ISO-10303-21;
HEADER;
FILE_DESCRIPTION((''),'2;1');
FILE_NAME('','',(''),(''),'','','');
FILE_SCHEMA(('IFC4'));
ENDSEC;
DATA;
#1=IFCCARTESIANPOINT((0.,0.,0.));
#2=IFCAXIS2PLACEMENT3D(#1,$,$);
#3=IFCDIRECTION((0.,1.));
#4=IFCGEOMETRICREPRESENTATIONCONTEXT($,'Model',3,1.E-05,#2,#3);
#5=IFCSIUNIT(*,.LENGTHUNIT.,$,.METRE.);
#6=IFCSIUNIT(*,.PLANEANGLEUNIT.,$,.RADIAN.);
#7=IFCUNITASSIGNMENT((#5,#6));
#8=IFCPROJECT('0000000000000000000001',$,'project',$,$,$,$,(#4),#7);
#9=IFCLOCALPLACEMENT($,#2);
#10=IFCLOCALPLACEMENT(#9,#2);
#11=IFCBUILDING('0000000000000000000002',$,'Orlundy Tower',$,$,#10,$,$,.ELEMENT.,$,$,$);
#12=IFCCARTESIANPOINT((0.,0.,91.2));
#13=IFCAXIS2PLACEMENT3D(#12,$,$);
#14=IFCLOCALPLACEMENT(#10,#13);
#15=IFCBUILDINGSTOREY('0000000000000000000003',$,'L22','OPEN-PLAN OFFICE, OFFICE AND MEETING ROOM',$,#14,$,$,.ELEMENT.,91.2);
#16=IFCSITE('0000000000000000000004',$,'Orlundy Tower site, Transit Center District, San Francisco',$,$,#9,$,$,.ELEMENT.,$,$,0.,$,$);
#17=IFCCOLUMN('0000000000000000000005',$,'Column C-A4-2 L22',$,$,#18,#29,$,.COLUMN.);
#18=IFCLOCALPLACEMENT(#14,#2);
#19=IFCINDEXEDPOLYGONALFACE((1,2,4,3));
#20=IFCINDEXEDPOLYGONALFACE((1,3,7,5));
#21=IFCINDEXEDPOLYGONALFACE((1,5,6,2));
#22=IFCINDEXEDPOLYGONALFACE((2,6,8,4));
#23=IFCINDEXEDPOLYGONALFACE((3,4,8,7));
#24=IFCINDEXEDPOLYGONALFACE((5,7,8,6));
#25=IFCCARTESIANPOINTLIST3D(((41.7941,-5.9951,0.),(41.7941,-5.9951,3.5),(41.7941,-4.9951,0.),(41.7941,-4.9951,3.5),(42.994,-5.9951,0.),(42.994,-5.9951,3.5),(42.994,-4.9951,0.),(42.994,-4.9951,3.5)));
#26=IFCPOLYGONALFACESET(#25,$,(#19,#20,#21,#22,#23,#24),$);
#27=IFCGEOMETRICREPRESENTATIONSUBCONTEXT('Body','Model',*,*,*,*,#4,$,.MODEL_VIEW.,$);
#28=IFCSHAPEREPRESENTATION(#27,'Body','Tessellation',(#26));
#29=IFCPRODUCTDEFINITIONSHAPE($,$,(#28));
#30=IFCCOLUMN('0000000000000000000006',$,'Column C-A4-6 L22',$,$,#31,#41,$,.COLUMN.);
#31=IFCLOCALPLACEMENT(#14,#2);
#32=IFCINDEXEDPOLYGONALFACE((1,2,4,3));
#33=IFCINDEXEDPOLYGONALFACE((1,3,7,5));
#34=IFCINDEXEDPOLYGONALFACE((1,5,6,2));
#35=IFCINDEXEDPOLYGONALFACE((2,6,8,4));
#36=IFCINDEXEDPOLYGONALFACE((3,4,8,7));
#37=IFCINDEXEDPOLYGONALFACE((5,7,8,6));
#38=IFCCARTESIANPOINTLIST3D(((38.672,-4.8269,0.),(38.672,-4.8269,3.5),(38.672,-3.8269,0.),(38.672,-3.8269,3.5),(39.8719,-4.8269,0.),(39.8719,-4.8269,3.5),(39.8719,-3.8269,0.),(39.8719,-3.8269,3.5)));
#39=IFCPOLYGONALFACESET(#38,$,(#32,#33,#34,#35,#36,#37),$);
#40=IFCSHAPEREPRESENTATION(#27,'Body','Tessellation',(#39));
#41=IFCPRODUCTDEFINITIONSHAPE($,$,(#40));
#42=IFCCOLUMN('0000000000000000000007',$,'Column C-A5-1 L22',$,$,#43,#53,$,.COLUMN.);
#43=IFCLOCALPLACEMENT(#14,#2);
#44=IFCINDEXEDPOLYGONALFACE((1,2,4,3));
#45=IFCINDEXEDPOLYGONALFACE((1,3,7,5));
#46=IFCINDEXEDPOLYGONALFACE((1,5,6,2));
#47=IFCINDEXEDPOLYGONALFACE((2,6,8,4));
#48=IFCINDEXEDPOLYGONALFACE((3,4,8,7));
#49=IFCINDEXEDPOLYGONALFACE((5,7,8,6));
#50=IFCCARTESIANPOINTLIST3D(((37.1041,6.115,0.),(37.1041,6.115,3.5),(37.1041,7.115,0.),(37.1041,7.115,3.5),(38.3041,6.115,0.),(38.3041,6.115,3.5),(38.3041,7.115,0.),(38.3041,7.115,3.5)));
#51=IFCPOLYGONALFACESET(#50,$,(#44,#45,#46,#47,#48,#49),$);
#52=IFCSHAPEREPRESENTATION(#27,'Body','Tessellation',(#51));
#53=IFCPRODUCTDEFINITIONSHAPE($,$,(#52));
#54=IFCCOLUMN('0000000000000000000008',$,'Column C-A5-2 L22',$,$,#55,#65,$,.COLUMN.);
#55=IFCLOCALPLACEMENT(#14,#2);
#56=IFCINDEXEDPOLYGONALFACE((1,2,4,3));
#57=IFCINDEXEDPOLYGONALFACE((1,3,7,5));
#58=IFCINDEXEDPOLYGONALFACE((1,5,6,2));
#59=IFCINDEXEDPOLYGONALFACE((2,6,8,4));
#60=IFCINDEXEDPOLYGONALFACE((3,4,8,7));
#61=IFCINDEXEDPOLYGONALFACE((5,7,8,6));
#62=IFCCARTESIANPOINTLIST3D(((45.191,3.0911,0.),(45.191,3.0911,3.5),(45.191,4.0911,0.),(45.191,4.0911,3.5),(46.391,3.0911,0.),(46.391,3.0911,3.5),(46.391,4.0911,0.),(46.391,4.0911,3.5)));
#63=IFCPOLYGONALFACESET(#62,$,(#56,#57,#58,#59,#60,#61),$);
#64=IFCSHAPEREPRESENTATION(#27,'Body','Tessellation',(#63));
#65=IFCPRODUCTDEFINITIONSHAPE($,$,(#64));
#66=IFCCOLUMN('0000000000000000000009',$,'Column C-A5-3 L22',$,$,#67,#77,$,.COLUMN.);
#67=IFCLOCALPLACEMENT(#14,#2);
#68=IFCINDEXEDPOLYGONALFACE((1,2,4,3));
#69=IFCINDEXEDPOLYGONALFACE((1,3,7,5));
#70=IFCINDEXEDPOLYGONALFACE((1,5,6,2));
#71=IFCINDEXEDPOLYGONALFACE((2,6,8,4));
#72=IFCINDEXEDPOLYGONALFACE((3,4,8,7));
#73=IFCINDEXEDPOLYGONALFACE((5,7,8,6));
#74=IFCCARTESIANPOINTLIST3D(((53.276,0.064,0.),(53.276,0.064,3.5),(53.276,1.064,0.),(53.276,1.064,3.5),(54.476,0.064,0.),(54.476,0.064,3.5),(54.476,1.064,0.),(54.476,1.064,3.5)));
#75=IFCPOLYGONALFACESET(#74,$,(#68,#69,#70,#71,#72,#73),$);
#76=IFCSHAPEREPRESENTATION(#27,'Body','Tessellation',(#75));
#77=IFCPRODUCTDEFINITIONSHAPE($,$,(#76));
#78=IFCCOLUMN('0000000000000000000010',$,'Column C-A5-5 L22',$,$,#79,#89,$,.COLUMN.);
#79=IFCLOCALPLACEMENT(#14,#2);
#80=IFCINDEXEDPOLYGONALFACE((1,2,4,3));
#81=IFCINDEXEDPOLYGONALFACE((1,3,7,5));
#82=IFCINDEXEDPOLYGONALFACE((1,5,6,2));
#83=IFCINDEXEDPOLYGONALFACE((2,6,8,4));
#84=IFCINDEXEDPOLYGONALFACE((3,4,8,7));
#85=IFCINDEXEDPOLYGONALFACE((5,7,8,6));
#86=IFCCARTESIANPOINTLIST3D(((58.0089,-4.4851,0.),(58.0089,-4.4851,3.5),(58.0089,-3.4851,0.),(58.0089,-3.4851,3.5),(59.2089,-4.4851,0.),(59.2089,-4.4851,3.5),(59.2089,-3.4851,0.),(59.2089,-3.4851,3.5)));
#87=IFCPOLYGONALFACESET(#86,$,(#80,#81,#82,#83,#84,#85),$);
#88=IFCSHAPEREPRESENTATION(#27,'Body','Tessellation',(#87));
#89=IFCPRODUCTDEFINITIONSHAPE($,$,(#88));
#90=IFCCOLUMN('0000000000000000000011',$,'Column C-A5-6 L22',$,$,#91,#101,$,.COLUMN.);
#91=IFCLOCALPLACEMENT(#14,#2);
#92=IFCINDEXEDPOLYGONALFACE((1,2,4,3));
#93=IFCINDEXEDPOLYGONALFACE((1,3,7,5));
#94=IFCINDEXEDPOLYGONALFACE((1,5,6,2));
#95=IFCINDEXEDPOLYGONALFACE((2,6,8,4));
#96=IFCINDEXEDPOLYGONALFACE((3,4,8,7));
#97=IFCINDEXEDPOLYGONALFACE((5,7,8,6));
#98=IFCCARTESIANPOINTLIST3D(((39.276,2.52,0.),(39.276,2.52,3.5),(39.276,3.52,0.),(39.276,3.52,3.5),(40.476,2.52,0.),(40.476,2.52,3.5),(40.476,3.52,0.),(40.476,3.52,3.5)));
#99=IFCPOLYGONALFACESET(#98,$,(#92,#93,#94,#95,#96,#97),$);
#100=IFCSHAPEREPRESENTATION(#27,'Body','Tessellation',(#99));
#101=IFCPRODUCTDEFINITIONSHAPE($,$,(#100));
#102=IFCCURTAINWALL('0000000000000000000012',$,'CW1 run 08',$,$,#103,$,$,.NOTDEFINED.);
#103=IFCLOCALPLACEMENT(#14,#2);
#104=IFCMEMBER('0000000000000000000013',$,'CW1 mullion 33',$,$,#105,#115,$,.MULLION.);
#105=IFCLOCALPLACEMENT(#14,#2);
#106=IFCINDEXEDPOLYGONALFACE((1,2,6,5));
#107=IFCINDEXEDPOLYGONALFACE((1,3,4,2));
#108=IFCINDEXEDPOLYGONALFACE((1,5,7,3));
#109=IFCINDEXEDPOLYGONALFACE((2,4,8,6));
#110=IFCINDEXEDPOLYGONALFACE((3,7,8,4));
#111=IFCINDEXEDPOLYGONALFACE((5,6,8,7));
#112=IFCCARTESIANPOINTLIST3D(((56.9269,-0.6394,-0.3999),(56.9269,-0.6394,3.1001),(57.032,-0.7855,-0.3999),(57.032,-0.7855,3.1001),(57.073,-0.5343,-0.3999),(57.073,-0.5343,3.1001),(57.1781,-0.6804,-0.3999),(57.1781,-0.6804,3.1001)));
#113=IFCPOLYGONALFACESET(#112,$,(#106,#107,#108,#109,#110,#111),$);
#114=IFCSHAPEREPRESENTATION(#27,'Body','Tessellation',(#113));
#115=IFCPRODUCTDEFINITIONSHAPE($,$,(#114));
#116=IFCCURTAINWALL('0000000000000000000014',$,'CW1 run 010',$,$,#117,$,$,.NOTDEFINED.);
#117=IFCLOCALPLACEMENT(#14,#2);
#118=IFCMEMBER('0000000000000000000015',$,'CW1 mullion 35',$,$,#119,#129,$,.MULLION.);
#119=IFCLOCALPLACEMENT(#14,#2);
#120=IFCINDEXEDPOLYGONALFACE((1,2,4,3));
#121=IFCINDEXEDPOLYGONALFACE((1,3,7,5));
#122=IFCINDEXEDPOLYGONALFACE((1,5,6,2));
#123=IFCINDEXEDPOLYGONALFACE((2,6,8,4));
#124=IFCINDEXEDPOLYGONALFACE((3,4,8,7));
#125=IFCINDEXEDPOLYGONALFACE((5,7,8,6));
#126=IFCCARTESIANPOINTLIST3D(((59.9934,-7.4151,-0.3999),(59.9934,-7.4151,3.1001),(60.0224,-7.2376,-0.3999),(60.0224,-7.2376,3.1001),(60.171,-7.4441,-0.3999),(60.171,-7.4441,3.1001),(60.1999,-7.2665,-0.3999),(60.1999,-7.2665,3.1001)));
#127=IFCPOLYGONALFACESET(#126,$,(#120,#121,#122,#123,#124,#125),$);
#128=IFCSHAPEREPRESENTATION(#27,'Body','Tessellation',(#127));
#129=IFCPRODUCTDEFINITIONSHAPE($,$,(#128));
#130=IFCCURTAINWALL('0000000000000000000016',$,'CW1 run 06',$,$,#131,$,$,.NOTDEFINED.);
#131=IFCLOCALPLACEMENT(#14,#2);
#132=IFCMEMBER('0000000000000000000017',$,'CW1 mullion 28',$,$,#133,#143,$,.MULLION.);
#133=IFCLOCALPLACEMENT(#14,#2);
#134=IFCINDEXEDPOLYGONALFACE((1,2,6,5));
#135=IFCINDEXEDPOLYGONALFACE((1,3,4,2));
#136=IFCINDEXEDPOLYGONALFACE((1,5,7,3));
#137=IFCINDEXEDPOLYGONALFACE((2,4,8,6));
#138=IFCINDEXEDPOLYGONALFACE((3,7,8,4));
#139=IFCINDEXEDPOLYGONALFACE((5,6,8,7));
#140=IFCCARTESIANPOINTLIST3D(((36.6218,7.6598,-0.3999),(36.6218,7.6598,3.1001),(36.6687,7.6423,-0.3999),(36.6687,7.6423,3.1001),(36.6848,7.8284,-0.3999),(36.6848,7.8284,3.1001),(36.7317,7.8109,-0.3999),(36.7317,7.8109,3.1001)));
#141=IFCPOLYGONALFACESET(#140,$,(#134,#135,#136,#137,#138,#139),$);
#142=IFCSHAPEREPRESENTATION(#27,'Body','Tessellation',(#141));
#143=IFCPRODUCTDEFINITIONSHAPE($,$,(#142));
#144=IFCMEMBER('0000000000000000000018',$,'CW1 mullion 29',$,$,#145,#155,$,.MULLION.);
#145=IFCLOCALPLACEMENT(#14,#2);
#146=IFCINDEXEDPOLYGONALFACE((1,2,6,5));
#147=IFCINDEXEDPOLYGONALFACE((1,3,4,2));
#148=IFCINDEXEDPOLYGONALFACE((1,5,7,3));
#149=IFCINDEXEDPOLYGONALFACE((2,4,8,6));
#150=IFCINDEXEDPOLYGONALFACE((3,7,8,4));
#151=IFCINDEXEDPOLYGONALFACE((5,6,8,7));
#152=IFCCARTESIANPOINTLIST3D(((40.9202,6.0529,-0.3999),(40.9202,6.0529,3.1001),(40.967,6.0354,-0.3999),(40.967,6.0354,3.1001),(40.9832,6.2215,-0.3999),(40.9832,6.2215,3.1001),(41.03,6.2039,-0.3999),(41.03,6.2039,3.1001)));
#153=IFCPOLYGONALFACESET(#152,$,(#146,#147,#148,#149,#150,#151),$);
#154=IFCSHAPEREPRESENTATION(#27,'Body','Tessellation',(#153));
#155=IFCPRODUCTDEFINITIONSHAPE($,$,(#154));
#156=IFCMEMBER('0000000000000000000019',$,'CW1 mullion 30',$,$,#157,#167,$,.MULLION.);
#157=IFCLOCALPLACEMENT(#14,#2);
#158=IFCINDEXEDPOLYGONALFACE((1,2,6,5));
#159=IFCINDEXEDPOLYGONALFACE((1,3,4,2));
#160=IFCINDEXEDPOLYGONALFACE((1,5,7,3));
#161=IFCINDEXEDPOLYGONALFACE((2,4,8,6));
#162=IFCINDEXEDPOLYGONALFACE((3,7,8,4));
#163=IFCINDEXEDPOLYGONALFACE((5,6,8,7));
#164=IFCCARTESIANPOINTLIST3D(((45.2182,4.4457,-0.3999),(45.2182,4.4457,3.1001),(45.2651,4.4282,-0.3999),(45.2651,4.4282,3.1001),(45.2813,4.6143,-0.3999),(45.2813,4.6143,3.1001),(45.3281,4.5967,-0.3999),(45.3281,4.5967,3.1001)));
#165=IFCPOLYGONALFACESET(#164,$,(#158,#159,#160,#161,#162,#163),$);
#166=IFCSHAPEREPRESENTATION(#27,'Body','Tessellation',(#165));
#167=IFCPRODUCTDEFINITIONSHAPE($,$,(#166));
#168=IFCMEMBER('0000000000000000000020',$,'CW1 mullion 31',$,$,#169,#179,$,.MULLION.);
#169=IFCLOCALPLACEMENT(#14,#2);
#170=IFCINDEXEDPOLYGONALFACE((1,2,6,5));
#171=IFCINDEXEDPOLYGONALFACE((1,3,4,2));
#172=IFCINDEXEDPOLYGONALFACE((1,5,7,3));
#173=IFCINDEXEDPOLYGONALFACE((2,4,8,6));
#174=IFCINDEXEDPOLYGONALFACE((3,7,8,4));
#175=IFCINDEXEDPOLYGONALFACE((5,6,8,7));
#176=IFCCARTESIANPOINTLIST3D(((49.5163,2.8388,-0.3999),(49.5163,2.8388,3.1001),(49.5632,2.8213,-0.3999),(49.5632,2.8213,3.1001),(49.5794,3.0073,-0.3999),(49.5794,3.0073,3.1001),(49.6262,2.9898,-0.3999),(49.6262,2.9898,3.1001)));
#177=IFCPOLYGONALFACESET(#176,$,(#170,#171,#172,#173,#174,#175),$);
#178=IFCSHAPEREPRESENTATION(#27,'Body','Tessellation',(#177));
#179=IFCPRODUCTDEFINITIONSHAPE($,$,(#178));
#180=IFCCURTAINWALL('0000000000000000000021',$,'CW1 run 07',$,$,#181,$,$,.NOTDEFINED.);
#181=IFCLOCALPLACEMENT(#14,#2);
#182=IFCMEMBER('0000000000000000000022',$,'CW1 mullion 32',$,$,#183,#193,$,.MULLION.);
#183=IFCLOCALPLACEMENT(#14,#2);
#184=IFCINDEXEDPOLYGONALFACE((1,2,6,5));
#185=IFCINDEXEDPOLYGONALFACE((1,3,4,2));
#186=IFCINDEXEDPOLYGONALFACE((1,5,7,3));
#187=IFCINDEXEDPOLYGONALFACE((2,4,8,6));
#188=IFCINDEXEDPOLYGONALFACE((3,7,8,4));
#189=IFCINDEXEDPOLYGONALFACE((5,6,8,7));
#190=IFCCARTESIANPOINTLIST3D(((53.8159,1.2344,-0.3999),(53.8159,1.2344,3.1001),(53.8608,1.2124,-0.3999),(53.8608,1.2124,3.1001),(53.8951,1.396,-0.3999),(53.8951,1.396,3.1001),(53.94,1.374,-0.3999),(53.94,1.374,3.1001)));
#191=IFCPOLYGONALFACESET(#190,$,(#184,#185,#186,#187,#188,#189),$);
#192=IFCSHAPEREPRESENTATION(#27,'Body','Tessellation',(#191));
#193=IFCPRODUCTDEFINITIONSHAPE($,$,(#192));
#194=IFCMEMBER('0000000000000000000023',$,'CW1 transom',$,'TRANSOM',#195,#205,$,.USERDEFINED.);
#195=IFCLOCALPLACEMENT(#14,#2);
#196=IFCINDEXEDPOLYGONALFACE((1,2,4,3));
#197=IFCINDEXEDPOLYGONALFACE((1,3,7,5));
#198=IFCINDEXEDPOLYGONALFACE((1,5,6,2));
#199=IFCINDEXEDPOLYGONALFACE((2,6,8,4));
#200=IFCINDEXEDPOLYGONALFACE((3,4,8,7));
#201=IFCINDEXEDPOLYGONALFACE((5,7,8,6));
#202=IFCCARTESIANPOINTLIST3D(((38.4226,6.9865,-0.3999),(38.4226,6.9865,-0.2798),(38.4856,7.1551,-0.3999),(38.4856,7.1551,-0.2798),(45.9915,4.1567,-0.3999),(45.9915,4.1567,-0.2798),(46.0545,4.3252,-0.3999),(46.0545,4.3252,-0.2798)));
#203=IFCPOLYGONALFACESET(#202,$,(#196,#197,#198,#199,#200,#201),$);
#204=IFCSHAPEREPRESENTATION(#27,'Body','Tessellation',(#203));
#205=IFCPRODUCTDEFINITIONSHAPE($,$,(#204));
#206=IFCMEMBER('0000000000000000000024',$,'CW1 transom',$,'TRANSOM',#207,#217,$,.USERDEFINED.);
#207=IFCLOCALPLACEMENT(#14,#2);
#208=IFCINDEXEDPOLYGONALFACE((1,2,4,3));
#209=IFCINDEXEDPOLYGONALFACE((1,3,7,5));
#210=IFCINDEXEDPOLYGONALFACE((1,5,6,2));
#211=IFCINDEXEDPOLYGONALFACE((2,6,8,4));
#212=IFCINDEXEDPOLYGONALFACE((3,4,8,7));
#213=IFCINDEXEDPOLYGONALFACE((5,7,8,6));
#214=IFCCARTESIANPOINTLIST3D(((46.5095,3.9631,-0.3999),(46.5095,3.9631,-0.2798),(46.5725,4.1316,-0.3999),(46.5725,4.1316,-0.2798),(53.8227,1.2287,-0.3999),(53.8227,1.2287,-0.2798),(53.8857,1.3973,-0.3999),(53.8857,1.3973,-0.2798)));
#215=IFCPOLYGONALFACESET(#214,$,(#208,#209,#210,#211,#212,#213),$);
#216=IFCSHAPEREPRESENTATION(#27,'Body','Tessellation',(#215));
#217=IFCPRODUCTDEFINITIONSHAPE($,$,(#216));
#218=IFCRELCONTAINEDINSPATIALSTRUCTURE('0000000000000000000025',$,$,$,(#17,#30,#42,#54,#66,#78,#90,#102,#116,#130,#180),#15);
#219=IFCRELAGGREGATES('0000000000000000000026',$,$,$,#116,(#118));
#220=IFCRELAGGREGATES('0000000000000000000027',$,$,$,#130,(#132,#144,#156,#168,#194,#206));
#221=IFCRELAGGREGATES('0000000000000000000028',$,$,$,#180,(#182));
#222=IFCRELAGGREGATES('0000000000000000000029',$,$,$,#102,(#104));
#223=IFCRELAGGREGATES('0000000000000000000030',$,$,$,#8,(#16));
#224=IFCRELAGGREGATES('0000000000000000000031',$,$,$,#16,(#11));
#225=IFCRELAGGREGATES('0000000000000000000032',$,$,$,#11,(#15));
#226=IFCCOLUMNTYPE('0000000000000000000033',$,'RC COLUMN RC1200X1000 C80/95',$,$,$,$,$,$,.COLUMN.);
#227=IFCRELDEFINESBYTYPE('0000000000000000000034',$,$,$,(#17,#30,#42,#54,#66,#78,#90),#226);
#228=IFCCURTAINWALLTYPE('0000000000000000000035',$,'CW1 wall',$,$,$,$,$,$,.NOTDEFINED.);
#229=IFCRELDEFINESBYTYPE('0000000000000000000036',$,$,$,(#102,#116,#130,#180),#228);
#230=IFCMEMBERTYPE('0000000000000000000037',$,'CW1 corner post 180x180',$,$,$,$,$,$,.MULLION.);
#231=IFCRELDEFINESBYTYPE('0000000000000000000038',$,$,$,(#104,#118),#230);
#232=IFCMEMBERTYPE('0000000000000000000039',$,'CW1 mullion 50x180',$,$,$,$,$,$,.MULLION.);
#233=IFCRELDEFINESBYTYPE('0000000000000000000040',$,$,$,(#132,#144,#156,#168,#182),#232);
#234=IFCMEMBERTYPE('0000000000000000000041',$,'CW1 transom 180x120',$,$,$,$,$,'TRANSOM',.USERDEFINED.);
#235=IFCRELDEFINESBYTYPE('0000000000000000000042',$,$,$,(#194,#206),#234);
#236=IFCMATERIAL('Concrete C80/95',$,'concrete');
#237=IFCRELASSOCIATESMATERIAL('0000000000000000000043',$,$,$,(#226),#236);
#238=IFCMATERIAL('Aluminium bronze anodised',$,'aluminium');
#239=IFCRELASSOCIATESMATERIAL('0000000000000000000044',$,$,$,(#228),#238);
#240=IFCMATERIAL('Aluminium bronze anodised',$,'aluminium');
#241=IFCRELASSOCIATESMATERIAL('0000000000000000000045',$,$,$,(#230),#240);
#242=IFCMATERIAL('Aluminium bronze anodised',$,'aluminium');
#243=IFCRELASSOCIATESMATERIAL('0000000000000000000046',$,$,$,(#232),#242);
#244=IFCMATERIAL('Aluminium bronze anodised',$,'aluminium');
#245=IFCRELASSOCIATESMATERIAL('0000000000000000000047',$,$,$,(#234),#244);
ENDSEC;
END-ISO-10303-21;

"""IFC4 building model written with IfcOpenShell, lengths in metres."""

from ifc_helpers import new_model, si_unit, direction, frame, origin, origin_2d, place, context, subcontext, project, spatial, rectangle, extrude, material, material_profile, profile_set, type_object, element, aggregate, save


model = new_model("IFC4")

# Units and contexts
model_context = context("Model", 3, precision=1e-05, world=origin(), true_north=direction((0.0, 1.0)))
body_context = subcontext(model_context, "Body", "Model", "MODEL_VIEW")
ifc_project = project(units=[si_unit("LENGTHUNIT", "METRE"), si_unit("PLANEANGLEUNIT", "RADIAN")], contexts=[model_context])

# Site, building, storey
site_placement = place(None, origin())
site = spatial("IfcSite", under=ifc_project, at=site_placement, Name="Orlundy Tower site, Transit Center District, San Francisco", CompositionType="ELEMENT", RefElevation=0.0)
building_placement = place(site_placement, origin())
building = spatial("IfcBuilding", under=site, at=building_placement, Name="Orlundy Tower", CompositionType="ELEMENT")
storey_placement = place(building_placement, frame((0.0, 0.0, 91.2)))
storey = spatial("IfcBuildingStorey", under=building, at=storey_placement, Name="L22", Description="OPEN-PLAN OFFICE, OFFICE AND MEETING ROOM", CompositionType="ELEMENT", Elevation=91.2)

# Columns
ifc_material_1 = material(Name="Concrete C80/95", Category="concrete")
ifc_material_profile_1 = material_profile(ifc_material_1, rectangle(XDim=1.2, YDim=1.0, at=origin_2d()), Name="RC1200X1000")
ifc_profile_set_1 = profile_set([ifc_material_profile_1], Name="Concrete C80/95")
column_type = type_object("IfcColumnType", Name="RC COLUMN RC1200X1000 C80/95", PredefinedType="COLUMN", material=ifc_profile_set_1)
for number, where, z_axis, x_axis, name in (
    (1, (42.394, -5.4951, 0.0), (0.0, 0.0, 1.0), (1.0, 0.0, 0.0), "Column C-A4-2 L22"),
    (2, (39.272, -4.3269, 0.0), (0.0, 0.0, 1.0), (1.0, 0.0, 0.0), "Column C-A4-6 L22"),
    (3, (37.7041, 6.615, 0.0), (0.0, 0.0, 1.0), (1.0, 0.0, 0.0), "Column C-A5-1 L22"),
    (4, (45.791, 3.5911, 0.0), (0.0, 0.0, 1.0), (1.0, 0.0, 0.0), "Column C-A5-2 L22"),
    (5, (53.876, 0.564, 0.0), (0.0, 0.0, 1.0), (1.0, 0.0, 0.0), "Column C-A5-3 L22"),
    (6, (58.6089, -3.9851, 0.0), (0.0, 0.0, 1.0), (1.0, 0.0, 0.0), "Column C-A5-5 L22"),
    (7, (39.876, 3.02, 0.0), (0.0, 0.0, 1.0), (1.0, 0.0, 0.0), "Column C-A5-6 L22"),
):
    element("IfcColumn", number, at=place(storey_placement, frame(where, z_axis=z_axis, x_axis=x_axis)), inside=storey, type_object=column_type, Name=name, PredefinedType="COLUMN", context=body_context, shape_type="SweptSolid", body=[
        extrude(rectangle(XDim=1.2, YDim=1.0, at=origin_2d()), origin(), (0.0, 0.0, 1.0), 3.5),
    ])

# Curtain walls, members
ifc_material_2 = material(Name="Aluminium bronze anodised", Category="aluminium")
curtain_wall_type = type_object("IfcCurtainWallType", Name="CW1 wall", PredefinedType="NOTDEFINED", material=ifc_material_2)
curtain_wall_1_placement = place(storey_placement, origin())
curtain_wall_1 = element("IfcCurtainWall", 8, at=curtain_wall_1_placement, inside=storey, type_object=curtain_wall_type, Name="CW1 run 08", PredefinedType="NOTDEFINED")
ifc_material_3 = material(Name="Aluminium bronze anodised", Category="aluminium")
ifc_material_profile_2 = material_profile(ifc_material_3, rectangle(XDim=0.1799, YDim=0.1799, at=origin_2d()), Name="CW1 corner post 180x180")
ifc_profile_set_2 = profile_set([ifc_material_profile_2], Name="Aluminium bronze anodised")
member_type_1 = type_object("IfcMemberType", Name="CW1 corner post 180x180", PredefinedType="MULLION", material=ifc_profile_set_2)
member_1_placement = place(storey_placement, frame((57.0525, -0.6599, -0.3999), z_axis=(0.0, 0.0, 1.0), x_axis=(0.811724, 0.584042, 0.0)))
member_1 = element("IfcMember", 9, at=member_1_placement, type_object=member_type_1, Name="CW1 mullion 33", PredefinedType="MULLION", context=body_context, shape_type="SweptSolid", body=[
    extrude(rectangle(XDim=0.1799, YDim=0.1799, at=origin_2d()), origin(), (0.0, 0.0, 1.0), 3.5),
])
curtain_wall_2_placement = place(storey_placement, origin())
curtain_wall_2 = element("IfcCurtainWall", 10, at=curtain_wall_2_placement, inside=storey, type_object=curtain_wall_type, Name="CW1 run 010", PredefinedType="NOTDEFINED")
member_2_placement = place(storey_placement, frame((60.0967, -7.3408, -0.3999), z_axis=(0.0, 0.0, 1.0), x_axis=(0.986985, -0.16081, 0.0)))
member_2 = element("IfcMember", 11, at=member_2_placement, type_object=member_type_1, Name="CW1 mullion 35", PredefinedType="MULLION", context=body_context, shape_type="SweptSolid", body=[
    extrude(rectangle(XDim=0.1799, YDim=0.1799, at=origin_2d()), origin(), (0.0, 0.0, 1.0), 3.5),
])

# Curtain wall, members
curtain_wall_3_placement = place(storey_placement, origin())
curtain_wall_3 = element("IfcCurtainWall", 12, at=curtain_wall_3_placement, inside=storey, type_object=curtain_wall_type, Name="CW1 run 06", PredefinedType="NOTDEFINED")
ifc_material_4 = material(Name="Aluminium bronze anodised", Category="aluminium")
ifc_material_profile_3 = material_profile(ifc_material_4, rectangle(XDim=0.1799, YDim=0.05, at=origin_2d()), Name="CW1 mullion 50x180")
ifc_profile_set_3 = profile_set([ifc_material_profile_3], Name="Aluminium bronze anodised")
member_type_2 = type_object("IfcMemberType", Name="CW1 mullion 50x180", PredefinedType="MULLION", material=ifc_profile_set_3)
member_3_placement = place(storey_placement, frame((36.6768, 7.7354, -0.3999), z_axis=(0.0, 0.0, 1.0), x_axis=(0.350204, 0.936674, 0.0)))
member_3 = element("IfcMember", 13, at=member_3_placement, type_object=member_type_2, Name="CW1 mullion 28", PredefinedType="MULLION", context=body_context, shape_type="SweptSolid", body=[
    extrude(rectangle(XDim=0.1799, YDim=0.05, at=origin_2d()), origin(), (0.0, 0.0, 1.0), 3.5),
])
member_4_placement = place(storey_placement, frame((40.9751, 6.1284, -0.3999), z_axis=(0.0, 0.0, 1.0), x_axis=(0.350204, 0.936674, 0.0)))
member_4 = element("IfcMember", 14, at=member_4_placement, type_object=member_type_2, Name="CW1 mullion 29", PredefinedType="MULLION", context=body_context, shape_type="SweptSolid", body=[
    extrude(rectangle(XDim=0.1799, YDim=0.05, at=origin_2d()), origin(), (0.0, 0.0, 1.0), 3.5),
])
member_5_placement = place(storey_placement, frame((45.2732, 4.5212, -0.3999), z_axis=(0.0, 0.0, 1.0), x_axis=(0.350204, 0.936674, 0.0)))
member_5 = element("IfcMember", 15, at=member_5_placement, type_object=member_type_2, Name="CW1 mullion 30", PredefinedType="MULLION", context=body_context, shape_type="SweptSolid", body=[
    extrude(rectangle(XDim=0.1799, YDim=0.05, at=origin_2d()), origin(), (0.0, 0.0, 1.0), 3.5),
])
member_6_placement = place(storey_placement, frame((49.5713, 2.9143, -0.3999), z_axis=(0.0, 0.0, 1.0), x_axis=(0.350204, 0.936674, 0.0)))
member_6 = element("IfcMember", 16, at=member_6_placement, type_object=member_type_2, Name="CW1 mullion 31", PredefinedType="MULLION", context=body_context, shape_type="SweptSolid", body=[
    extrude(rectangle(XDim=0.1799, YDim=0.05, at=origin_2d()), origin(), (0.0, 0.0, 1.0), 3.5),
])

# Curtain wall, member
curtain_wall_4_placement = place(storey_placement, origin())
curtain_wall_4 = element("IfcCurtainWall", 17, at=curtain_wall_4_placement, inside=storey, type_object=curtain_wall_type, Name="CW1 run 07", PredefinedType="NOTDEFINED")
member_7_placement = place(storey_placement, frame((53.8779, 1.3042, -0.3999), z_axis=(0.0, 0.0, 1.0), x_axis=(0.440276, 0.897862, 0.0)))
member_7 = element("IfcMember", 18, at=member_7_placement, type_object=member_type_2, Name="CW1 mullion 32", PredefinedType="MULLION", context=body_context, shape_type="SweptSolid", body=[
    extrude(rectangle(XDim=0.1799, YDim=0.05, at=origin_2d()), origin(), (0.0, 0.0, 1.0), 3.5),
])

# Members
ifc_material_5 = material(Name="Aluminium bronze anodised", Category="aluminium")
ifc_material_profile_4 = material_profile(ifc_material_5, rectangle(XDim=0.1799, YDim=0.1201, at=origin_2d()), Name="CW1 transom 180x120")
ifc_profile_set_4 = profile_set([ifc_material_profile_4], Name="Aluminium bronze anodised")
member_type_3 = type_object("IfcMemberType", Name="CW1 transom 180x120", ElementType="TRANSOM", PredefinedType="USERDEFINED", material=ifc_profile_set_4)
member_8_placement = place(storey_placement, frame((38.4541, 7.0708, -0.3398), z_axis=(0.936674, -0.350203, 0.0), x_axis=(0.350203, 0.936674, 0.0)))
member_8 = element("IfcMember", 19, at=member_8_placement, type_object=member_type_3, Name="CW1 transom", ObjectType="TRANSOM", PredefinedType="USERDEFINED", context=body_context, shape_type="SweptSolid", body=[
    extrude(rectangle(XDim=0.1799, YDim=0.1201, at=origin_2d()), origin(), (0.0, 0.0, 1.0), 8.0806),
])
member_9_placement = place(storey_placement, frame((46.541, 4.0474, -0.3398), z_axis=(0.936669, -0.350215, 0.0), x_axis=(0.350215, 0.936669, 0.0)))
member_9 = element("IfcMember", 20, at=member_9_placement, type_object=member_type_3, Name="CW1 transom", ObjectType="TRANSOM", PredefinedType="USERDEFINED", context=body_context, shape_type="SweptSolid", body=[
    extrude(rectangle(XDim=0.1799, YDim=0.1201, at=origin_2d()), origin(), (0.0, 0.0, 1.0), 7.8076),
])

aggregate(curtain_wall_2, [member_2])

aggregate(curtain_wall_3, [member_3, member_4, member_5, member_6, member_8, member_9])
aggregate(curtain_wall_4, [member_7])
aggregate(curtain_wall_1, [member_1])

save(model, "model.ifc")
